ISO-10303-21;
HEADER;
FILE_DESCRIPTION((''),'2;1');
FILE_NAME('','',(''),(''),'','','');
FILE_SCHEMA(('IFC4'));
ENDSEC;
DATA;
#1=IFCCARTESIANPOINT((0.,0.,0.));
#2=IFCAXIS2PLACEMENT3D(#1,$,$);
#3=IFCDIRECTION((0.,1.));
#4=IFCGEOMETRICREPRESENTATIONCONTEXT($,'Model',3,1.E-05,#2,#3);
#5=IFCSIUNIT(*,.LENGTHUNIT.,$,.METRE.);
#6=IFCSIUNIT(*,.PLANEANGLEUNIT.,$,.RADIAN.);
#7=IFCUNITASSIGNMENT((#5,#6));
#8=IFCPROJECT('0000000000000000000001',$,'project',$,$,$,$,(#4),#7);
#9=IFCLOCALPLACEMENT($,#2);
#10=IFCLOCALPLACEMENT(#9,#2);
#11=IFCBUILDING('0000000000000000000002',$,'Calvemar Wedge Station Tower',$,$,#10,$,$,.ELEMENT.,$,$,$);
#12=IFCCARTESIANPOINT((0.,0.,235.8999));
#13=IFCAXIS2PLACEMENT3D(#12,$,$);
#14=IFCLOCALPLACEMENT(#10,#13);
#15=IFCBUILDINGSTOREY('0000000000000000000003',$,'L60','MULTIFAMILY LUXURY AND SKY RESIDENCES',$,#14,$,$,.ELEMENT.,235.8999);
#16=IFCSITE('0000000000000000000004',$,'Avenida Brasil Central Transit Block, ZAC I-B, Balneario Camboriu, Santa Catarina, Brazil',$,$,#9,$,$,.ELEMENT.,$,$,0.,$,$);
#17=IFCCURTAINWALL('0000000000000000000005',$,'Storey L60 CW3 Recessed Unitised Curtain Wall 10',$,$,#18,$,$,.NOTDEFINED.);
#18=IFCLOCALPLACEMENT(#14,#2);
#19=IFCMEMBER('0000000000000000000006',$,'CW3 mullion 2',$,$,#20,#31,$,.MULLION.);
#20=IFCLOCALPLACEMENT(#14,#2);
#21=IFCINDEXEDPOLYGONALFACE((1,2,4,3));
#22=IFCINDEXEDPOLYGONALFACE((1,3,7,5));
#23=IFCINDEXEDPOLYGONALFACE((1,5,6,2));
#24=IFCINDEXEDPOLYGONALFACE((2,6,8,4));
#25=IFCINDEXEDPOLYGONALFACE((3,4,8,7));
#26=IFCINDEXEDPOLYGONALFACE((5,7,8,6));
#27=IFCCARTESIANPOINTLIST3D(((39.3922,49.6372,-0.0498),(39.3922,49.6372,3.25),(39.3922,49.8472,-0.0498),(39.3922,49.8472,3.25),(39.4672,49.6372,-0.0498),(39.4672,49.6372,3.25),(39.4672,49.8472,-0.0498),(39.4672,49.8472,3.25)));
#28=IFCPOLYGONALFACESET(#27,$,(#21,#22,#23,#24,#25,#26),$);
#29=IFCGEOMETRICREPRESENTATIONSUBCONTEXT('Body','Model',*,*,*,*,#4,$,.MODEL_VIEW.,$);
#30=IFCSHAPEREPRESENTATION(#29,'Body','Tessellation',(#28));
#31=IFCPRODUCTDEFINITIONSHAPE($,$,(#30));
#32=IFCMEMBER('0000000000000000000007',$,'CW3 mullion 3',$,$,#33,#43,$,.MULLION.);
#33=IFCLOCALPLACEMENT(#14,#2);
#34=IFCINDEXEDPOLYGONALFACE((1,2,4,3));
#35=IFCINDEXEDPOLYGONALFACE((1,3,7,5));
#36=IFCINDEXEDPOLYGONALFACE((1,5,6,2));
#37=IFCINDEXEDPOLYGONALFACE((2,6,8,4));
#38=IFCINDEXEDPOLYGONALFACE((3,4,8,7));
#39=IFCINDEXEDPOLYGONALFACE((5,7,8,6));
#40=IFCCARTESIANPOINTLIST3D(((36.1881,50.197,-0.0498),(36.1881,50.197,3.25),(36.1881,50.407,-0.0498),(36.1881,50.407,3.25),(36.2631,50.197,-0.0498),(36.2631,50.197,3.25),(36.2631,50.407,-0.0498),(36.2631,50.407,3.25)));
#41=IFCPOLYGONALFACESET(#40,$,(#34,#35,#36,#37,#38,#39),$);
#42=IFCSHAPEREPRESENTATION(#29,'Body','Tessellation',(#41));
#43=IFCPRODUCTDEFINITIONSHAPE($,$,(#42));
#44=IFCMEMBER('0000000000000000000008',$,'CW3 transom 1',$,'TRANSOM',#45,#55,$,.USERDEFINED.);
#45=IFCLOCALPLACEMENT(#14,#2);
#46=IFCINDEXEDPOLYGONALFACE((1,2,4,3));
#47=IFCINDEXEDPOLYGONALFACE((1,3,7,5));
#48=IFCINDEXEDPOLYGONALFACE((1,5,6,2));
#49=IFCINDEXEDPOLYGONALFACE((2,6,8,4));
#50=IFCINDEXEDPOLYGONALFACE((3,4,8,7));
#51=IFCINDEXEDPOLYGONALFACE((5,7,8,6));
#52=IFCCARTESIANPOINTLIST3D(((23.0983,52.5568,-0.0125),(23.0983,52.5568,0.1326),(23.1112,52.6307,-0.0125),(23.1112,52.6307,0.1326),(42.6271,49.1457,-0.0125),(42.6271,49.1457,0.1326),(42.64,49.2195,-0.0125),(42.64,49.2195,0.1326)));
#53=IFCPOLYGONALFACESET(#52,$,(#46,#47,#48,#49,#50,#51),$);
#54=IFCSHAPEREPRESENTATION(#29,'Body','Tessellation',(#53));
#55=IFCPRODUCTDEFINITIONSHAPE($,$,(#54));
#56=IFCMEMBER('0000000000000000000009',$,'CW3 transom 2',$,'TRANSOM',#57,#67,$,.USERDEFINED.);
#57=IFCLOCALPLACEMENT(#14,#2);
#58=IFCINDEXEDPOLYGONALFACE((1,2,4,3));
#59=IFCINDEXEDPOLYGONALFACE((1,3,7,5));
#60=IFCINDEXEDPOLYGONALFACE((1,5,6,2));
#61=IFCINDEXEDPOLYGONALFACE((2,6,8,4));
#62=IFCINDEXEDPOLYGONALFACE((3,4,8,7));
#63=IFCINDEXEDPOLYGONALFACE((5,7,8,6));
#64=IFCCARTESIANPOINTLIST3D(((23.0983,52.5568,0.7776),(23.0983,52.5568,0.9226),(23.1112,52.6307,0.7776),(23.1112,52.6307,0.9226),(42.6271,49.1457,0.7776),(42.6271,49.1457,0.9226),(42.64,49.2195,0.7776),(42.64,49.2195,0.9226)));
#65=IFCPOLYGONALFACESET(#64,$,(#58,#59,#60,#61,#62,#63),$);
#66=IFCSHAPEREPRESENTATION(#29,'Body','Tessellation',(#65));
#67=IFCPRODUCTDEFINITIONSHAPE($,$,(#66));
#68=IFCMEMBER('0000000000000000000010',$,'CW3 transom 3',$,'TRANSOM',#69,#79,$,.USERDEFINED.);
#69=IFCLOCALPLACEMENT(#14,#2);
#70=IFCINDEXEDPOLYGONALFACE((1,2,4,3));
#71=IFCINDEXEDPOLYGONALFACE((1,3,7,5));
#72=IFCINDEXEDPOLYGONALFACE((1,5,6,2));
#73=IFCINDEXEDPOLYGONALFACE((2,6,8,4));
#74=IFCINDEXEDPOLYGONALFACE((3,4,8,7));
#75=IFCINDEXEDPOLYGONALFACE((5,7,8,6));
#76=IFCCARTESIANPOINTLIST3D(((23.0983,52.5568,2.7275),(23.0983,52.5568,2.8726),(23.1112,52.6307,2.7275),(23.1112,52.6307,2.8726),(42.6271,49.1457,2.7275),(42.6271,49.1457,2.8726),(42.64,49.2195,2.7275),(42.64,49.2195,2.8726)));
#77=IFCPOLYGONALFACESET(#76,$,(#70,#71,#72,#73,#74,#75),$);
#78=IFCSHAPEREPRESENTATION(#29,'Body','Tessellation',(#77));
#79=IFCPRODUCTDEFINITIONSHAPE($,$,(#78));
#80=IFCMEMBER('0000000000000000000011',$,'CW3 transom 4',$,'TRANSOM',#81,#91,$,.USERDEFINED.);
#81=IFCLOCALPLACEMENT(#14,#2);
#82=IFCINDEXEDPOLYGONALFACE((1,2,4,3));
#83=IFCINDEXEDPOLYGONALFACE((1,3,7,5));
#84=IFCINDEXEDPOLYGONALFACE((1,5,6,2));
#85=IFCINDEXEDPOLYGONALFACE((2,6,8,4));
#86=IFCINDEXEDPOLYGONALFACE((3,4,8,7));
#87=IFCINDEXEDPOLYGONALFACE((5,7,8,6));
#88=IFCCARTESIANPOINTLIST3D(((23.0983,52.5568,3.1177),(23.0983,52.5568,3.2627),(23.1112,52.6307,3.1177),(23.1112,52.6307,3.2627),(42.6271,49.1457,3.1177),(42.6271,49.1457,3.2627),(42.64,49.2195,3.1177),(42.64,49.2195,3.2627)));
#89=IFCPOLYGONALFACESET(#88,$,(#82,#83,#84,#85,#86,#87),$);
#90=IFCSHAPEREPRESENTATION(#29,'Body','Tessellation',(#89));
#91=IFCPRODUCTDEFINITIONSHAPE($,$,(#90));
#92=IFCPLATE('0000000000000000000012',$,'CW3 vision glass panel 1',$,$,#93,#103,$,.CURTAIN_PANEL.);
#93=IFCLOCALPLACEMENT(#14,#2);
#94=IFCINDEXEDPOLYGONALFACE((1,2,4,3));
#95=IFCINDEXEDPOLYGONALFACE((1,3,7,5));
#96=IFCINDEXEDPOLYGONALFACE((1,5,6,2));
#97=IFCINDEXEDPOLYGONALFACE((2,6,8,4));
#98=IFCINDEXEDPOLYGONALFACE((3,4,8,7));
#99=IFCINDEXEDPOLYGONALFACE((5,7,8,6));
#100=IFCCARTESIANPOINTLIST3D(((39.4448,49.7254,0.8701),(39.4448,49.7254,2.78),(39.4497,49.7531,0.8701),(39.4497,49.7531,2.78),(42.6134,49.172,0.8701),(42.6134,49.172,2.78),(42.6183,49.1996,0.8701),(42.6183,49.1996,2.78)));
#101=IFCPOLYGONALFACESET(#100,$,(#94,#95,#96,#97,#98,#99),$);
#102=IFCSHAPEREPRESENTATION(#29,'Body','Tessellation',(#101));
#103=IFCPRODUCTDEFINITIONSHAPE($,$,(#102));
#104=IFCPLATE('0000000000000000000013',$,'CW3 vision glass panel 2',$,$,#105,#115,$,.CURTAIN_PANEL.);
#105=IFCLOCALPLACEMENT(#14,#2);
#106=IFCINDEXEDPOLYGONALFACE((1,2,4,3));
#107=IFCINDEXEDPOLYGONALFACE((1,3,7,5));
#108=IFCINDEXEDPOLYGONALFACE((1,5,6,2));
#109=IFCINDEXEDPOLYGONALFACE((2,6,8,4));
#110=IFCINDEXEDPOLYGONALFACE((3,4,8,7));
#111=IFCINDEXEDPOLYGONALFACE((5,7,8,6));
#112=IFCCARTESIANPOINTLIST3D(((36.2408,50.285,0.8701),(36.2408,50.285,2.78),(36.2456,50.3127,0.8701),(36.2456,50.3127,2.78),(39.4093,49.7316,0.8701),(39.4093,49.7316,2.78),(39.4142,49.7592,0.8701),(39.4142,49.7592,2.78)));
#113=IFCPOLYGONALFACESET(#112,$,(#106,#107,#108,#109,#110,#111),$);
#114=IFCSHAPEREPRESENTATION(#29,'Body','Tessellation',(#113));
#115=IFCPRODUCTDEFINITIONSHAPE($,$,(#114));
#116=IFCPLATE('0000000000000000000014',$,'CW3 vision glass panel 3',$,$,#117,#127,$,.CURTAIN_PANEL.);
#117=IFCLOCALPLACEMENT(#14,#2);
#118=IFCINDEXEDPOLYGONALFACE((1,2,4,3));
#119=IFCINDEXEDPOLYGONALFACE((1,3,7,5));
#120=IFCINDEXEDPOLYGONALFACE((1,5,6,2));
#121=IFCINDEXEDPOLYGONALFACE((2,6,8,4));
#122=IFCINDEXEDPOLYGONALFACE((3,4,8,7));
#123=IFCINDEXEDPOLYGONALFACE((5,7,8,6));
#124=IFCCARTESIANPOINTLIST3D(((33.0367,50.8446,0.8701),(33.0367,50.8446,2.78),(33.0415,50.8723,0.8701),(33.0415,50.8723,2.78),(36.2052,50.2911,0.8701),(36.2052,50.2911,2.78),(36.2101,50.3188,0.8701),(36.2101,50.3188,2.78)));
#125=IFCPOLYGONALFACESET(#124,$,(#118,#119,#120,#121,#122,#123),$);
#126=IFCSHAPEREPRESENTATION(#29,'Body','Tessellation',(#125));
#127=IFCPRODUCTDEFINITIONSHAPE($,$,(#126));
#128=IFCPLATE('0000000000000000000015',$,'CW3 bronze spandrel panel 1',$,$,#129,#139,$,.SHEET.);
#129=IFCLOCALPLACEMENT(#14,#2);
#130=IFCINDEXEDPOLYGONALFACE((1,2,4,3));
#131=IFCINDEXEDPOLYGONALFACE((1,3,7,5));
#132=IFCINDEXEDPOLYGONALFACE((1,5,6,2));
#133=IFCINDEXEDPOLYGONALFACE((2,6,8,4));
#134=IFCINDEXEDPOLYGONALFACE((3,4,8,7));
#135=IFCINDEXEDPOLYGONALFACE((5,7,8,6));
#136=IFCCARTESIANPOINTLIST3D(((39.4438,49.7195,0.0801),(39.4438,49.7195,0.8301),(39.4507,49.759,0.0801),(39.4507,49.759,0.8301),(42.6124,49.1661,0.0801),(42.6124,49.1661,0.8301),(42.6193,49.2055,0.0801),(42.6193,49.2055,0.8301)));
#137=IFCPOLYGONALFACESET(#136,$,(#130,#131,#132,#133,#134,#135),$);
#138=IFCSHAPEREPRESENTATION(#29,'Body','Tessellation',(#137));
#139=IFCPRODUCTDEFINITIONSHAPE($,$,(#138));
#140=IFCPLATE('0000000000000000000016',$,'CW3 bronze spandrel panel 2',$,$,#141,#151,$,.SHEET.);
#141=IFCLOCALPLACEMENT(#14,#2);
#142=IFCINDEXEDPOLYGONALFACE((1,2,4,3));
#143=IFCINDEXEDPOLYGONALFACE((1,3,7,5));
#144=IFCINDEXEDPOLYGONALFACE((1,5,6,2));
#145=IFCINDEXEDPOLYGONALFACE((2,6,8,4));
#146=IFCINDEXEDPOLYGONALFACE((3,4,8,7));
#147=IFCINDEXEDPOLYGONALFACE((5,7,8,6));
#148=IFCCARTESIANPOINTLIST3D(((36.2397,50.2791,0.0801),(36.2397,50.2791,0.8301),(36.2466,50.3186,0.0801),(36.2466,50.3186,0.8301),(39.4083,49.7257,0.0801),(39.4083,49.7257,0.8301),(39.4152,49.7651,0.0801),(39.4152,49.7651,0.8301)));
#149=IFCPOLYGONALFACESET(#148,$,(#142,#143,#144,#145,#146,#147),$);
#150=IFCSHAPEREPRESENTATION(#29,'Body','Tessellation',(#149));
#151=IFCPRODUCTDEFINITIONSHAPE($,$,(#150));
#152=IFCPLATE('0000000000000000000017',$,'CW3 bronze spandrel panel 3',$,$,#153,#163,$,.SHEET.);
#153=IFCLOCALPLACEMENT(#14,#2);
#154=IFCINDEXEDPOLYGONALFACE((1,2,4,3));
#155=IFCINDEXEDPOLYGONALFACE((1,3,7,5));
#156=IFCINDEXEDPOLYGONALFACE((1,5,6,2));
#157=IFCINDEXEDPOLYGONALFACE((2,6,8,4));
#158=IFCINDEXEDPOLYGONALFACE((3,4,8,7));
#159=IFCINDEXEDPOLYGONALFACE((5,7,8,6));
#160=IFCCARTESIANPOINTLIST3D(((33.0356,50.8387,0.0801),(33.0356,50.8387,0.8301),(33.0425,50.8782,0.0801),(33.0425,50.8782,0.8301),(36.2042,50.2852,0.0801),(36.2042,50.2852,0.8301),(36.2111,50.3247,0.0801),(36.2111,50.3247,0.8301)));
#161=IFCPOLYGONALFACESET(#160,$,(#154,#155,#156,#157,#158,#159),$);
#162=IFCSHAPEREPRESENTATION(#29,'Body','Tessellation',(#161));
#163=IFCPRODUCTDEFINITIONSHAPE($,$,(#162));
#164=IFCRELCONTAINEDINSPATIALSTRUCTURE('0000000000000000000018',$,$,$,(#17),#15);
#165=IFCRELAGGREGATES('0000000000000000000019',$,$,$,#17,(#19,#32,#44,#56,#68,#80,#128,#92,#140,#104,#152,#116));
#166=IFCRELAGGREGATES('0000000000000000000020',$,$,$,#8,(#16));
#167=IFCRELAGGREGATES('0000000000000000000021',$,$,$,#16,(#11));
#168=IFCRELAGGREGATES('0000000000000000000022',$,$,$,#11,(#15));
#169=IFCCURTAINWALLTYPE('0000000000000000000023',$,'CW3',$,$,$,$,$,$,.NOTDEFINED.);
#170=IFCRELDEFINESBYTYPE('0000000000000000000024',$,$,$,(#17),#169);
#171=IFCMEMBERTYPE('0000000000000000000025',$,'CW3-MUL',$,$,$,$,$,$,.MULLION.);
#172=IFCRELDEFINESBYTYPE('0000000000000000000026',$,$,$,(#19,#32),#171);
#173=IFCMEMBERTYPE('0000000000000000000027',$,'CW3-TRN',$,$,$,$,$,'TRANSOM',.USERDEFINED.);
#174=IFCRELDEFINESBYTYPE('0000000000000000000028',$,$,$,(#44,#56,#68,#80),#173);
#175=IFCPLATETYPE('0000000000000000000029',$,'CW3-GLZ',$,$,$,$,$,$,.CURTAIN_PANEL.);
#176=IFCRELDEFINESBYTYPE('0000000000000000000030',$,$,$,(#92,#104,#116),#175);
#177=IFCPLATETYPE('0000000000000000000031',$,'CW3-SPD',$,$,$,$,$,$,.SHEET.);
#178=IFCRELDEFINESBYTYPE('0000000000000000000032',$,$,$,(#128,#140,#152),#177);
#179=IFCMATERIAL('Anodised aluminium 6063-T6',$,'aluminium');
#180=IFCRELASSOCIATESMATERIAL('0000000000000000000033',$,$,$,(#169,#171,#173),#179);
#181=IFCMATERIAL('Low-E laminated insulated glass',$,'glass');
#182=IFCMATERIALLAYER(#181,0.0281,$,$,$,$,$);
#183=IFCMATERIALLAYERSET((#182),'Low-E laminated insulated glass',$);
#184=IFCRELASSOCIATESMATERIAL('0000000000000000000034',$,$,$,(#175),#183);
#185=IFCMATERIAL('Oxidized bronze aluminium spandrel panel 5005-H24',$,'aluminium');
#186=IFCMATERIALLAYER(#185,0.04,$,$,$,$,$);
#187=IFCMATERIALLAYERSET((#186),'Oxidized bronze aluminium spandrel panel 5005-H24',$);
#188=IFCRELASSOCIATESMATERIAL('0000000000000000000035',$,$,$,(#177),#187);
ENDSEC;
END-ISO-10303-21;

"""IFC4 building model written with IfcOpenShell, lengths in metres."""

from ifc_helpers import new_model, si_unit, direction, frame, frame_2d, origin, origin_2d, place, context, subcontext, project, spatial, rectangle, extrude, source, transform, mapped, material, layer, layer_set, material_profile, profile_set, type_object, element, aggregate, save


model = new_model("IFC4")

# Units and contexts
model_context = context("Model", 3, precision=1e-05, world=origin(), true_north=direction((0.0, 1.0)))
body_context = subcontext(model_context, "Body", "Model", "MODEL_VIEW")
ifc_project = project(units=[si_unit("LENGTHUNIT", "METRE"), si_unit("PLANEANGLEUNIT", "RADIAN")], contexts=[model_context])

# Site, building, storey
site_placement = place(None, origin())
site = spatial("IfcSite", under=ifc_project, at=site_placement, Name="Avenida Brasil Central Transit Block, ZAC I-B, Balneario Camboriu, Santa Catarina, Brazil", CompositionType="ELEMENT", RefElevation=0.0)
building_placement = place(site_placement, origin())
building = spatial("IfcBuilding", under=site, at=building_placement, Name="Calvemar Wedge Station Tower", CompositionType="ELEMENT")
storey_placement = place(building_placement, frame((0.0, 0.0, 235.8999)))
storey = spatial("IfcBuildingStorey", under=building, at=storey_placement, Name="L60", Description="MULTIFAMILY LUXURY AND SKY RESIDENCES", CompositionType="ELEMENT", Elevation=235.8999)

# Curtain wall, members, plates
ifc_material_1 = material(Name="Anodised aluminium 6063-T6", Category="aluminium")
curtain_wall_type = type_object("IfcCurtainWallType", Name="CW3", PredefinedType="NOTDEFINED", material=ifc_material_1)
curtain_wall_placement = place(storey_placement, origin())
curtain_wall = element("IfcCurtainWall", 1, at=curtain_wall_placement, inside=storey, type_object=curtain_wall_type, Name="Storey L60 CW3 Recessed Unitised Curtain Wall 10", PredefinedType="NOTDEFINED")
ifc_material_profile_1 = material_profile(ifc_material_1, rectangle(XDim=0.075, YDim=0.21, at=origin_2d()), Name="AL-MUL-75x210")
ifc_profile_set_1 = profile_set([ifc_material_profile_1], Name="Anodised aluminium 6063-T6")
member_type_1 = type_object("IfcMemberType", Name="CW3-MUL", PredefinedType="MULLION", material=ifc_profile_set_1)
shared_shape_1 = source(origin(), body_context, "Body", "SweptSolid", [
    extrude(rectangle(XDim=0.075, YDim=0.21, at=origin_2d()), origin(), (0.0, 0.0, 1.0), 3.2998),
])
member_1_placement = place(storey_placement, frame((39.4297, 49.7422, -0.0498), z_axis=(0.0, 0.0, 1.0), x_axis=(1.0, 0.0, 0.0)))
member_1 = element("IfcMember", 2, at=member_1_placement, type_object=member_type_1, Name="CW3 mullion 2", PredefinedType="MULLION", context=body_context, shape_type="MappedRepresentation", body=[
    mapped(shared_shape_1, transform((0.0, 0.0, 0.0), scale=1.0)),
])
member_2_placement = place(storey_placement, frame((36.2256, 50.302, -0.0498), z_axis=(0.0, 0.0, 1.0), x_axis=(1.0, 0.0, 0.0)))
member_2 = element("IfcMember", 3, at=member_2_placement, type_object=member_type_1, Name="CW3 mullion 3", PredefinedType="MULLION", context=body_context, shape_type="MappedRepresentation", body=[
    mapped(shared_shape_1, transform((0.0, 0.0, 0.0), scale=1.0)),
])
ifc_material_profile_2 = material_profile(ifc_material_1, rectangle(XDim=0.075, YDim=0.145, at=origin_2d()), Name="AL-TRN-75x145")
ifc_profile_set_2 = profile_set([ifc_material_profile_2], Name="Anodised aluminium 6063-T6")
member_type_2 = type_object("IfcMemberType", Name="CW3-TRN", ElementType="TRANSOM", PredefinedType="USERDEFINED", material=ifc_profile_set_2)
shared_shape_2 = source(origin(), body_context, "Body", "SweptSolid", [
    extrude(rectangle(XDim=0.075, YDim=0.145, at=origin_2d()), origin(), (0.0, 0.0, 1.0), 19.8245),
])
member_3_placement = place(storey_placement, frame((42.6335, 49.1826, 0.0601), z_axis=(-0.985085, 0.172067, 0.0), x_axis=(-0.172067, -0.985085, 0.0)))
member_3 = element("IfcMember", 4, at=member_3_placement, type_object=member_type_2, Name="CW3 transom 1", ObjectType="TRANSOM", PredefinedType="USERDEFINED", context=body_context, shape_type="MappedRepresentation", body=[
    mapped(shared_shape_2, transform((0.0, 0.0, 0.0), scale=1.0)),
])
member_4_placement = place(storey_placement, frame((42.6335, 49.1826, 0.8501), z_axis=(-0.985085, 0.172067, 0.0), x_axis=(-0.172067, -0.985085, 0.0)))
member_4 = element("IfcMember", 5, at=member_4_placement, type_object=member_type_2, Name="CW3 transom 2", ObjectType="TRANSOM", PredefinedType="USERDEFINED", context=body_context, shape_type="MappedRepresentation", body=[
    mapped(shared_shape_2, transform((0.0, 0.0, 0.0), scale=1.0)),
])
member_5_placement = place(storey_placement, frame((42.6335, 49.1826, 2.8), z_axis=(-0.985085, 0.172067, 0.0), x_axis=(-0.172067, -0.985085, 0.0)))
member_5 = element("IfcMember", 6, at=member_5_placement, type_object=member_type_2, Name="CW3 transom 3", ObjectType="TRANSOM", PredefinedType="USERDEFINED", context=body_context, shape_type="MappedRepresentation", body=[
    mapped(shared_shape_2, transform((0.0, 0.0, 0.0), scale=1.0)),
])
member_6_placement = place(storey_placement, frame((42.6335, 49.1826, 3.1902), z_axis=(-0.985085, 0.172067, 0.0), x_axis=(-0.172067, -0.985085, 0.0)))
member_6 = element("IfcMember", 7, at=member_6_placement, type_object=member_type_2, Name="CW3 transom 4", ObjectType="TRANSOM", PredefinedType="USERDEFINED", context=body_context, shape_type="MappedRepresentation", body=[
    mapped(shared_shape_2, transform((0.0, 0.0, 0.0), scale=1.0)),
])
ifc_material_2 = material(Name="Low-E laminated insulated glass", Category="glass")
ifc_layer_1 = layer(ifc_material_2, 0.0281)
ifc_layer_set_1 = layer_set([ifc_layer_1], Name="Low-E laminated insulated glass")
plate_type_1 = type_object("IfcPlateType", Name="CW3-GLZ", PredefinedType="CURTAIN_PANEL", material=ifc_layer_set_1)
plate_1_placement = place(storey_placement, frame((42.616, 49.1858, 0.8701), z_axis=(0.0, 0.0, 1.0), x_axis=(-0.985086, 0.172062, 0.0)))
plate_1 = element("IfcPlate", 8, at=plate_1_placement, type_object=plate_type_1, Name="CW3 vision glass panel 1", PredefinedType="CURTAIN_PANEL", context=body_context, shape_type="SweptSolid", body=[
    extrude(rectangle(XDim=3.2166, YDim=0.0281, at=frame_2d((1.6084, 0.0))), origin(), (0.0, 0.0, 1.0), 1.9099),
])
plate_2_placement = place(storey_placement, frame((39.4119, 49.7454, 0.8701), z_axis=(0.0, 0.0, 1.0), x_axis=(-0.985084, 0.172075, 0.0)))
plate_2 = element("IfcPlate", 9, at=plate_2_placement, type_object=plate_type_1, Name="CW3 vision glass panel 2", PredefinedType="CURTAIN_PANEL", context=body_context, shape_type="SweptSolid", body=[
    extrude(rectangle(XDim=3.2166, YDim=0.0281, at=frame_2d((1.6084, 0.0))), origin(), (0.0, 0.0, 1.0), 1.9099),
])
plate_3_placement = place(storey_placement, frame((36.2078, 50.3049, 0.8701), z_axis=(0.0, 0.0, 1.0), x_axis=(-0.985084, 0.172075, 0.0)))
plate_3 = element("IfcPlate", 10, at=plate_3_placement, type_object=plate_type_1, Name="CW3 vision glass panel 3", PredefinedType="CURTAIN_PANEL", context=body_context, shape_type="SweptSolid", body=[
    extrude(rectangle(XDim=3.2166, YDim=0.0281, at=frame_2d((1.6084, 0.0))), origin(), (0.0, 0.0, 1.0), 1.9099),
])
ifc_material_3 = material(Name="Oxidized bronze aluminium spandrel panel 5005-H24", Category="aluminium")
ifc_layer_2 = layer(ifc_material_3, 0.04)
ifc_layer_set_2 = layer_set([ifc_layer_2], Name="Oxidized bronze aluminium spandrel panel 5005-H24")
plate_type_2 = type_object("IfcPlateType", Name="CW3-SPD", PredefinedType="SHEET", material=ifc_layer_set_2)
plate_4_placement = place(storey_placement, frame((42.616, 49.1858, 0.0801), z_axis=(0.0, 0.0, 1.0), x_axis=(-0.985086, 0.172062, 0.0)))
plate_4 = element("IfcPlate", 11, at=plate_4_placement, type_object=plate_type_2, Name="CW3 bronze spandrel panel 1", PredefinedType="SHEET", context=body_context, shape_type="SweptSolid", body=[
    extrude(rectangle(XDim=3.2166, YDim=0.04, at=frame_2d((1.6084, 0.0))), origin(), (0.0, 0.0, 1.0), 0.75),
])
plate_5_placement = place(storey_placement, frame((39.4119, 49.7454, 0.0801), z_axis=(0.0, 0.0, 1.0), x_axis=(-0.985084, 0.172075, 0.0)))
plate_5 = element("IfcPlate", 12, at=plate_5_placement, type_object=plate_type_2, Name="CW3 bronze spandrel panel 2", PredefinedType="SHEET", context=body_context, shape_type="SweptSolid", body=[
    extrude(rectangle(XDim=3.2166, YDim=0.04, at=frame_2d((1.6084, 0.0))), origin(), (0.0, 0.0, 1.0), 0.75),
])
plate_6_placement = place(storey_placement, frame((36.2078, 50.3049, 0.0801), z_axis=(0.0, 0.0, 1.0), x_axis=(-0.985084, 0.172075, 0.0)))
plate_6 = element("IfcPlate", 13, at=plate_6_placement, type_object=plate_type_2, Name="CW3 bronze spandrel panel 3", PredefinedType="SHEET", context=body_context, shape_type="SweptSolid", body=[
    extrude(rectangle(XDim=3.2166, YDim=0.04, at=frame_2d((1.6084, 0.0))), origin(), (0.0, 0.0, 1.0), 0.75),
])
aggregate(curtain_wall, [member_1, member_2, member_3, member_4, member_5, member_6, plate_4, plate_1, plate_5, plate_2, plate_6, plate_3])

save(model, "model.ifc")
